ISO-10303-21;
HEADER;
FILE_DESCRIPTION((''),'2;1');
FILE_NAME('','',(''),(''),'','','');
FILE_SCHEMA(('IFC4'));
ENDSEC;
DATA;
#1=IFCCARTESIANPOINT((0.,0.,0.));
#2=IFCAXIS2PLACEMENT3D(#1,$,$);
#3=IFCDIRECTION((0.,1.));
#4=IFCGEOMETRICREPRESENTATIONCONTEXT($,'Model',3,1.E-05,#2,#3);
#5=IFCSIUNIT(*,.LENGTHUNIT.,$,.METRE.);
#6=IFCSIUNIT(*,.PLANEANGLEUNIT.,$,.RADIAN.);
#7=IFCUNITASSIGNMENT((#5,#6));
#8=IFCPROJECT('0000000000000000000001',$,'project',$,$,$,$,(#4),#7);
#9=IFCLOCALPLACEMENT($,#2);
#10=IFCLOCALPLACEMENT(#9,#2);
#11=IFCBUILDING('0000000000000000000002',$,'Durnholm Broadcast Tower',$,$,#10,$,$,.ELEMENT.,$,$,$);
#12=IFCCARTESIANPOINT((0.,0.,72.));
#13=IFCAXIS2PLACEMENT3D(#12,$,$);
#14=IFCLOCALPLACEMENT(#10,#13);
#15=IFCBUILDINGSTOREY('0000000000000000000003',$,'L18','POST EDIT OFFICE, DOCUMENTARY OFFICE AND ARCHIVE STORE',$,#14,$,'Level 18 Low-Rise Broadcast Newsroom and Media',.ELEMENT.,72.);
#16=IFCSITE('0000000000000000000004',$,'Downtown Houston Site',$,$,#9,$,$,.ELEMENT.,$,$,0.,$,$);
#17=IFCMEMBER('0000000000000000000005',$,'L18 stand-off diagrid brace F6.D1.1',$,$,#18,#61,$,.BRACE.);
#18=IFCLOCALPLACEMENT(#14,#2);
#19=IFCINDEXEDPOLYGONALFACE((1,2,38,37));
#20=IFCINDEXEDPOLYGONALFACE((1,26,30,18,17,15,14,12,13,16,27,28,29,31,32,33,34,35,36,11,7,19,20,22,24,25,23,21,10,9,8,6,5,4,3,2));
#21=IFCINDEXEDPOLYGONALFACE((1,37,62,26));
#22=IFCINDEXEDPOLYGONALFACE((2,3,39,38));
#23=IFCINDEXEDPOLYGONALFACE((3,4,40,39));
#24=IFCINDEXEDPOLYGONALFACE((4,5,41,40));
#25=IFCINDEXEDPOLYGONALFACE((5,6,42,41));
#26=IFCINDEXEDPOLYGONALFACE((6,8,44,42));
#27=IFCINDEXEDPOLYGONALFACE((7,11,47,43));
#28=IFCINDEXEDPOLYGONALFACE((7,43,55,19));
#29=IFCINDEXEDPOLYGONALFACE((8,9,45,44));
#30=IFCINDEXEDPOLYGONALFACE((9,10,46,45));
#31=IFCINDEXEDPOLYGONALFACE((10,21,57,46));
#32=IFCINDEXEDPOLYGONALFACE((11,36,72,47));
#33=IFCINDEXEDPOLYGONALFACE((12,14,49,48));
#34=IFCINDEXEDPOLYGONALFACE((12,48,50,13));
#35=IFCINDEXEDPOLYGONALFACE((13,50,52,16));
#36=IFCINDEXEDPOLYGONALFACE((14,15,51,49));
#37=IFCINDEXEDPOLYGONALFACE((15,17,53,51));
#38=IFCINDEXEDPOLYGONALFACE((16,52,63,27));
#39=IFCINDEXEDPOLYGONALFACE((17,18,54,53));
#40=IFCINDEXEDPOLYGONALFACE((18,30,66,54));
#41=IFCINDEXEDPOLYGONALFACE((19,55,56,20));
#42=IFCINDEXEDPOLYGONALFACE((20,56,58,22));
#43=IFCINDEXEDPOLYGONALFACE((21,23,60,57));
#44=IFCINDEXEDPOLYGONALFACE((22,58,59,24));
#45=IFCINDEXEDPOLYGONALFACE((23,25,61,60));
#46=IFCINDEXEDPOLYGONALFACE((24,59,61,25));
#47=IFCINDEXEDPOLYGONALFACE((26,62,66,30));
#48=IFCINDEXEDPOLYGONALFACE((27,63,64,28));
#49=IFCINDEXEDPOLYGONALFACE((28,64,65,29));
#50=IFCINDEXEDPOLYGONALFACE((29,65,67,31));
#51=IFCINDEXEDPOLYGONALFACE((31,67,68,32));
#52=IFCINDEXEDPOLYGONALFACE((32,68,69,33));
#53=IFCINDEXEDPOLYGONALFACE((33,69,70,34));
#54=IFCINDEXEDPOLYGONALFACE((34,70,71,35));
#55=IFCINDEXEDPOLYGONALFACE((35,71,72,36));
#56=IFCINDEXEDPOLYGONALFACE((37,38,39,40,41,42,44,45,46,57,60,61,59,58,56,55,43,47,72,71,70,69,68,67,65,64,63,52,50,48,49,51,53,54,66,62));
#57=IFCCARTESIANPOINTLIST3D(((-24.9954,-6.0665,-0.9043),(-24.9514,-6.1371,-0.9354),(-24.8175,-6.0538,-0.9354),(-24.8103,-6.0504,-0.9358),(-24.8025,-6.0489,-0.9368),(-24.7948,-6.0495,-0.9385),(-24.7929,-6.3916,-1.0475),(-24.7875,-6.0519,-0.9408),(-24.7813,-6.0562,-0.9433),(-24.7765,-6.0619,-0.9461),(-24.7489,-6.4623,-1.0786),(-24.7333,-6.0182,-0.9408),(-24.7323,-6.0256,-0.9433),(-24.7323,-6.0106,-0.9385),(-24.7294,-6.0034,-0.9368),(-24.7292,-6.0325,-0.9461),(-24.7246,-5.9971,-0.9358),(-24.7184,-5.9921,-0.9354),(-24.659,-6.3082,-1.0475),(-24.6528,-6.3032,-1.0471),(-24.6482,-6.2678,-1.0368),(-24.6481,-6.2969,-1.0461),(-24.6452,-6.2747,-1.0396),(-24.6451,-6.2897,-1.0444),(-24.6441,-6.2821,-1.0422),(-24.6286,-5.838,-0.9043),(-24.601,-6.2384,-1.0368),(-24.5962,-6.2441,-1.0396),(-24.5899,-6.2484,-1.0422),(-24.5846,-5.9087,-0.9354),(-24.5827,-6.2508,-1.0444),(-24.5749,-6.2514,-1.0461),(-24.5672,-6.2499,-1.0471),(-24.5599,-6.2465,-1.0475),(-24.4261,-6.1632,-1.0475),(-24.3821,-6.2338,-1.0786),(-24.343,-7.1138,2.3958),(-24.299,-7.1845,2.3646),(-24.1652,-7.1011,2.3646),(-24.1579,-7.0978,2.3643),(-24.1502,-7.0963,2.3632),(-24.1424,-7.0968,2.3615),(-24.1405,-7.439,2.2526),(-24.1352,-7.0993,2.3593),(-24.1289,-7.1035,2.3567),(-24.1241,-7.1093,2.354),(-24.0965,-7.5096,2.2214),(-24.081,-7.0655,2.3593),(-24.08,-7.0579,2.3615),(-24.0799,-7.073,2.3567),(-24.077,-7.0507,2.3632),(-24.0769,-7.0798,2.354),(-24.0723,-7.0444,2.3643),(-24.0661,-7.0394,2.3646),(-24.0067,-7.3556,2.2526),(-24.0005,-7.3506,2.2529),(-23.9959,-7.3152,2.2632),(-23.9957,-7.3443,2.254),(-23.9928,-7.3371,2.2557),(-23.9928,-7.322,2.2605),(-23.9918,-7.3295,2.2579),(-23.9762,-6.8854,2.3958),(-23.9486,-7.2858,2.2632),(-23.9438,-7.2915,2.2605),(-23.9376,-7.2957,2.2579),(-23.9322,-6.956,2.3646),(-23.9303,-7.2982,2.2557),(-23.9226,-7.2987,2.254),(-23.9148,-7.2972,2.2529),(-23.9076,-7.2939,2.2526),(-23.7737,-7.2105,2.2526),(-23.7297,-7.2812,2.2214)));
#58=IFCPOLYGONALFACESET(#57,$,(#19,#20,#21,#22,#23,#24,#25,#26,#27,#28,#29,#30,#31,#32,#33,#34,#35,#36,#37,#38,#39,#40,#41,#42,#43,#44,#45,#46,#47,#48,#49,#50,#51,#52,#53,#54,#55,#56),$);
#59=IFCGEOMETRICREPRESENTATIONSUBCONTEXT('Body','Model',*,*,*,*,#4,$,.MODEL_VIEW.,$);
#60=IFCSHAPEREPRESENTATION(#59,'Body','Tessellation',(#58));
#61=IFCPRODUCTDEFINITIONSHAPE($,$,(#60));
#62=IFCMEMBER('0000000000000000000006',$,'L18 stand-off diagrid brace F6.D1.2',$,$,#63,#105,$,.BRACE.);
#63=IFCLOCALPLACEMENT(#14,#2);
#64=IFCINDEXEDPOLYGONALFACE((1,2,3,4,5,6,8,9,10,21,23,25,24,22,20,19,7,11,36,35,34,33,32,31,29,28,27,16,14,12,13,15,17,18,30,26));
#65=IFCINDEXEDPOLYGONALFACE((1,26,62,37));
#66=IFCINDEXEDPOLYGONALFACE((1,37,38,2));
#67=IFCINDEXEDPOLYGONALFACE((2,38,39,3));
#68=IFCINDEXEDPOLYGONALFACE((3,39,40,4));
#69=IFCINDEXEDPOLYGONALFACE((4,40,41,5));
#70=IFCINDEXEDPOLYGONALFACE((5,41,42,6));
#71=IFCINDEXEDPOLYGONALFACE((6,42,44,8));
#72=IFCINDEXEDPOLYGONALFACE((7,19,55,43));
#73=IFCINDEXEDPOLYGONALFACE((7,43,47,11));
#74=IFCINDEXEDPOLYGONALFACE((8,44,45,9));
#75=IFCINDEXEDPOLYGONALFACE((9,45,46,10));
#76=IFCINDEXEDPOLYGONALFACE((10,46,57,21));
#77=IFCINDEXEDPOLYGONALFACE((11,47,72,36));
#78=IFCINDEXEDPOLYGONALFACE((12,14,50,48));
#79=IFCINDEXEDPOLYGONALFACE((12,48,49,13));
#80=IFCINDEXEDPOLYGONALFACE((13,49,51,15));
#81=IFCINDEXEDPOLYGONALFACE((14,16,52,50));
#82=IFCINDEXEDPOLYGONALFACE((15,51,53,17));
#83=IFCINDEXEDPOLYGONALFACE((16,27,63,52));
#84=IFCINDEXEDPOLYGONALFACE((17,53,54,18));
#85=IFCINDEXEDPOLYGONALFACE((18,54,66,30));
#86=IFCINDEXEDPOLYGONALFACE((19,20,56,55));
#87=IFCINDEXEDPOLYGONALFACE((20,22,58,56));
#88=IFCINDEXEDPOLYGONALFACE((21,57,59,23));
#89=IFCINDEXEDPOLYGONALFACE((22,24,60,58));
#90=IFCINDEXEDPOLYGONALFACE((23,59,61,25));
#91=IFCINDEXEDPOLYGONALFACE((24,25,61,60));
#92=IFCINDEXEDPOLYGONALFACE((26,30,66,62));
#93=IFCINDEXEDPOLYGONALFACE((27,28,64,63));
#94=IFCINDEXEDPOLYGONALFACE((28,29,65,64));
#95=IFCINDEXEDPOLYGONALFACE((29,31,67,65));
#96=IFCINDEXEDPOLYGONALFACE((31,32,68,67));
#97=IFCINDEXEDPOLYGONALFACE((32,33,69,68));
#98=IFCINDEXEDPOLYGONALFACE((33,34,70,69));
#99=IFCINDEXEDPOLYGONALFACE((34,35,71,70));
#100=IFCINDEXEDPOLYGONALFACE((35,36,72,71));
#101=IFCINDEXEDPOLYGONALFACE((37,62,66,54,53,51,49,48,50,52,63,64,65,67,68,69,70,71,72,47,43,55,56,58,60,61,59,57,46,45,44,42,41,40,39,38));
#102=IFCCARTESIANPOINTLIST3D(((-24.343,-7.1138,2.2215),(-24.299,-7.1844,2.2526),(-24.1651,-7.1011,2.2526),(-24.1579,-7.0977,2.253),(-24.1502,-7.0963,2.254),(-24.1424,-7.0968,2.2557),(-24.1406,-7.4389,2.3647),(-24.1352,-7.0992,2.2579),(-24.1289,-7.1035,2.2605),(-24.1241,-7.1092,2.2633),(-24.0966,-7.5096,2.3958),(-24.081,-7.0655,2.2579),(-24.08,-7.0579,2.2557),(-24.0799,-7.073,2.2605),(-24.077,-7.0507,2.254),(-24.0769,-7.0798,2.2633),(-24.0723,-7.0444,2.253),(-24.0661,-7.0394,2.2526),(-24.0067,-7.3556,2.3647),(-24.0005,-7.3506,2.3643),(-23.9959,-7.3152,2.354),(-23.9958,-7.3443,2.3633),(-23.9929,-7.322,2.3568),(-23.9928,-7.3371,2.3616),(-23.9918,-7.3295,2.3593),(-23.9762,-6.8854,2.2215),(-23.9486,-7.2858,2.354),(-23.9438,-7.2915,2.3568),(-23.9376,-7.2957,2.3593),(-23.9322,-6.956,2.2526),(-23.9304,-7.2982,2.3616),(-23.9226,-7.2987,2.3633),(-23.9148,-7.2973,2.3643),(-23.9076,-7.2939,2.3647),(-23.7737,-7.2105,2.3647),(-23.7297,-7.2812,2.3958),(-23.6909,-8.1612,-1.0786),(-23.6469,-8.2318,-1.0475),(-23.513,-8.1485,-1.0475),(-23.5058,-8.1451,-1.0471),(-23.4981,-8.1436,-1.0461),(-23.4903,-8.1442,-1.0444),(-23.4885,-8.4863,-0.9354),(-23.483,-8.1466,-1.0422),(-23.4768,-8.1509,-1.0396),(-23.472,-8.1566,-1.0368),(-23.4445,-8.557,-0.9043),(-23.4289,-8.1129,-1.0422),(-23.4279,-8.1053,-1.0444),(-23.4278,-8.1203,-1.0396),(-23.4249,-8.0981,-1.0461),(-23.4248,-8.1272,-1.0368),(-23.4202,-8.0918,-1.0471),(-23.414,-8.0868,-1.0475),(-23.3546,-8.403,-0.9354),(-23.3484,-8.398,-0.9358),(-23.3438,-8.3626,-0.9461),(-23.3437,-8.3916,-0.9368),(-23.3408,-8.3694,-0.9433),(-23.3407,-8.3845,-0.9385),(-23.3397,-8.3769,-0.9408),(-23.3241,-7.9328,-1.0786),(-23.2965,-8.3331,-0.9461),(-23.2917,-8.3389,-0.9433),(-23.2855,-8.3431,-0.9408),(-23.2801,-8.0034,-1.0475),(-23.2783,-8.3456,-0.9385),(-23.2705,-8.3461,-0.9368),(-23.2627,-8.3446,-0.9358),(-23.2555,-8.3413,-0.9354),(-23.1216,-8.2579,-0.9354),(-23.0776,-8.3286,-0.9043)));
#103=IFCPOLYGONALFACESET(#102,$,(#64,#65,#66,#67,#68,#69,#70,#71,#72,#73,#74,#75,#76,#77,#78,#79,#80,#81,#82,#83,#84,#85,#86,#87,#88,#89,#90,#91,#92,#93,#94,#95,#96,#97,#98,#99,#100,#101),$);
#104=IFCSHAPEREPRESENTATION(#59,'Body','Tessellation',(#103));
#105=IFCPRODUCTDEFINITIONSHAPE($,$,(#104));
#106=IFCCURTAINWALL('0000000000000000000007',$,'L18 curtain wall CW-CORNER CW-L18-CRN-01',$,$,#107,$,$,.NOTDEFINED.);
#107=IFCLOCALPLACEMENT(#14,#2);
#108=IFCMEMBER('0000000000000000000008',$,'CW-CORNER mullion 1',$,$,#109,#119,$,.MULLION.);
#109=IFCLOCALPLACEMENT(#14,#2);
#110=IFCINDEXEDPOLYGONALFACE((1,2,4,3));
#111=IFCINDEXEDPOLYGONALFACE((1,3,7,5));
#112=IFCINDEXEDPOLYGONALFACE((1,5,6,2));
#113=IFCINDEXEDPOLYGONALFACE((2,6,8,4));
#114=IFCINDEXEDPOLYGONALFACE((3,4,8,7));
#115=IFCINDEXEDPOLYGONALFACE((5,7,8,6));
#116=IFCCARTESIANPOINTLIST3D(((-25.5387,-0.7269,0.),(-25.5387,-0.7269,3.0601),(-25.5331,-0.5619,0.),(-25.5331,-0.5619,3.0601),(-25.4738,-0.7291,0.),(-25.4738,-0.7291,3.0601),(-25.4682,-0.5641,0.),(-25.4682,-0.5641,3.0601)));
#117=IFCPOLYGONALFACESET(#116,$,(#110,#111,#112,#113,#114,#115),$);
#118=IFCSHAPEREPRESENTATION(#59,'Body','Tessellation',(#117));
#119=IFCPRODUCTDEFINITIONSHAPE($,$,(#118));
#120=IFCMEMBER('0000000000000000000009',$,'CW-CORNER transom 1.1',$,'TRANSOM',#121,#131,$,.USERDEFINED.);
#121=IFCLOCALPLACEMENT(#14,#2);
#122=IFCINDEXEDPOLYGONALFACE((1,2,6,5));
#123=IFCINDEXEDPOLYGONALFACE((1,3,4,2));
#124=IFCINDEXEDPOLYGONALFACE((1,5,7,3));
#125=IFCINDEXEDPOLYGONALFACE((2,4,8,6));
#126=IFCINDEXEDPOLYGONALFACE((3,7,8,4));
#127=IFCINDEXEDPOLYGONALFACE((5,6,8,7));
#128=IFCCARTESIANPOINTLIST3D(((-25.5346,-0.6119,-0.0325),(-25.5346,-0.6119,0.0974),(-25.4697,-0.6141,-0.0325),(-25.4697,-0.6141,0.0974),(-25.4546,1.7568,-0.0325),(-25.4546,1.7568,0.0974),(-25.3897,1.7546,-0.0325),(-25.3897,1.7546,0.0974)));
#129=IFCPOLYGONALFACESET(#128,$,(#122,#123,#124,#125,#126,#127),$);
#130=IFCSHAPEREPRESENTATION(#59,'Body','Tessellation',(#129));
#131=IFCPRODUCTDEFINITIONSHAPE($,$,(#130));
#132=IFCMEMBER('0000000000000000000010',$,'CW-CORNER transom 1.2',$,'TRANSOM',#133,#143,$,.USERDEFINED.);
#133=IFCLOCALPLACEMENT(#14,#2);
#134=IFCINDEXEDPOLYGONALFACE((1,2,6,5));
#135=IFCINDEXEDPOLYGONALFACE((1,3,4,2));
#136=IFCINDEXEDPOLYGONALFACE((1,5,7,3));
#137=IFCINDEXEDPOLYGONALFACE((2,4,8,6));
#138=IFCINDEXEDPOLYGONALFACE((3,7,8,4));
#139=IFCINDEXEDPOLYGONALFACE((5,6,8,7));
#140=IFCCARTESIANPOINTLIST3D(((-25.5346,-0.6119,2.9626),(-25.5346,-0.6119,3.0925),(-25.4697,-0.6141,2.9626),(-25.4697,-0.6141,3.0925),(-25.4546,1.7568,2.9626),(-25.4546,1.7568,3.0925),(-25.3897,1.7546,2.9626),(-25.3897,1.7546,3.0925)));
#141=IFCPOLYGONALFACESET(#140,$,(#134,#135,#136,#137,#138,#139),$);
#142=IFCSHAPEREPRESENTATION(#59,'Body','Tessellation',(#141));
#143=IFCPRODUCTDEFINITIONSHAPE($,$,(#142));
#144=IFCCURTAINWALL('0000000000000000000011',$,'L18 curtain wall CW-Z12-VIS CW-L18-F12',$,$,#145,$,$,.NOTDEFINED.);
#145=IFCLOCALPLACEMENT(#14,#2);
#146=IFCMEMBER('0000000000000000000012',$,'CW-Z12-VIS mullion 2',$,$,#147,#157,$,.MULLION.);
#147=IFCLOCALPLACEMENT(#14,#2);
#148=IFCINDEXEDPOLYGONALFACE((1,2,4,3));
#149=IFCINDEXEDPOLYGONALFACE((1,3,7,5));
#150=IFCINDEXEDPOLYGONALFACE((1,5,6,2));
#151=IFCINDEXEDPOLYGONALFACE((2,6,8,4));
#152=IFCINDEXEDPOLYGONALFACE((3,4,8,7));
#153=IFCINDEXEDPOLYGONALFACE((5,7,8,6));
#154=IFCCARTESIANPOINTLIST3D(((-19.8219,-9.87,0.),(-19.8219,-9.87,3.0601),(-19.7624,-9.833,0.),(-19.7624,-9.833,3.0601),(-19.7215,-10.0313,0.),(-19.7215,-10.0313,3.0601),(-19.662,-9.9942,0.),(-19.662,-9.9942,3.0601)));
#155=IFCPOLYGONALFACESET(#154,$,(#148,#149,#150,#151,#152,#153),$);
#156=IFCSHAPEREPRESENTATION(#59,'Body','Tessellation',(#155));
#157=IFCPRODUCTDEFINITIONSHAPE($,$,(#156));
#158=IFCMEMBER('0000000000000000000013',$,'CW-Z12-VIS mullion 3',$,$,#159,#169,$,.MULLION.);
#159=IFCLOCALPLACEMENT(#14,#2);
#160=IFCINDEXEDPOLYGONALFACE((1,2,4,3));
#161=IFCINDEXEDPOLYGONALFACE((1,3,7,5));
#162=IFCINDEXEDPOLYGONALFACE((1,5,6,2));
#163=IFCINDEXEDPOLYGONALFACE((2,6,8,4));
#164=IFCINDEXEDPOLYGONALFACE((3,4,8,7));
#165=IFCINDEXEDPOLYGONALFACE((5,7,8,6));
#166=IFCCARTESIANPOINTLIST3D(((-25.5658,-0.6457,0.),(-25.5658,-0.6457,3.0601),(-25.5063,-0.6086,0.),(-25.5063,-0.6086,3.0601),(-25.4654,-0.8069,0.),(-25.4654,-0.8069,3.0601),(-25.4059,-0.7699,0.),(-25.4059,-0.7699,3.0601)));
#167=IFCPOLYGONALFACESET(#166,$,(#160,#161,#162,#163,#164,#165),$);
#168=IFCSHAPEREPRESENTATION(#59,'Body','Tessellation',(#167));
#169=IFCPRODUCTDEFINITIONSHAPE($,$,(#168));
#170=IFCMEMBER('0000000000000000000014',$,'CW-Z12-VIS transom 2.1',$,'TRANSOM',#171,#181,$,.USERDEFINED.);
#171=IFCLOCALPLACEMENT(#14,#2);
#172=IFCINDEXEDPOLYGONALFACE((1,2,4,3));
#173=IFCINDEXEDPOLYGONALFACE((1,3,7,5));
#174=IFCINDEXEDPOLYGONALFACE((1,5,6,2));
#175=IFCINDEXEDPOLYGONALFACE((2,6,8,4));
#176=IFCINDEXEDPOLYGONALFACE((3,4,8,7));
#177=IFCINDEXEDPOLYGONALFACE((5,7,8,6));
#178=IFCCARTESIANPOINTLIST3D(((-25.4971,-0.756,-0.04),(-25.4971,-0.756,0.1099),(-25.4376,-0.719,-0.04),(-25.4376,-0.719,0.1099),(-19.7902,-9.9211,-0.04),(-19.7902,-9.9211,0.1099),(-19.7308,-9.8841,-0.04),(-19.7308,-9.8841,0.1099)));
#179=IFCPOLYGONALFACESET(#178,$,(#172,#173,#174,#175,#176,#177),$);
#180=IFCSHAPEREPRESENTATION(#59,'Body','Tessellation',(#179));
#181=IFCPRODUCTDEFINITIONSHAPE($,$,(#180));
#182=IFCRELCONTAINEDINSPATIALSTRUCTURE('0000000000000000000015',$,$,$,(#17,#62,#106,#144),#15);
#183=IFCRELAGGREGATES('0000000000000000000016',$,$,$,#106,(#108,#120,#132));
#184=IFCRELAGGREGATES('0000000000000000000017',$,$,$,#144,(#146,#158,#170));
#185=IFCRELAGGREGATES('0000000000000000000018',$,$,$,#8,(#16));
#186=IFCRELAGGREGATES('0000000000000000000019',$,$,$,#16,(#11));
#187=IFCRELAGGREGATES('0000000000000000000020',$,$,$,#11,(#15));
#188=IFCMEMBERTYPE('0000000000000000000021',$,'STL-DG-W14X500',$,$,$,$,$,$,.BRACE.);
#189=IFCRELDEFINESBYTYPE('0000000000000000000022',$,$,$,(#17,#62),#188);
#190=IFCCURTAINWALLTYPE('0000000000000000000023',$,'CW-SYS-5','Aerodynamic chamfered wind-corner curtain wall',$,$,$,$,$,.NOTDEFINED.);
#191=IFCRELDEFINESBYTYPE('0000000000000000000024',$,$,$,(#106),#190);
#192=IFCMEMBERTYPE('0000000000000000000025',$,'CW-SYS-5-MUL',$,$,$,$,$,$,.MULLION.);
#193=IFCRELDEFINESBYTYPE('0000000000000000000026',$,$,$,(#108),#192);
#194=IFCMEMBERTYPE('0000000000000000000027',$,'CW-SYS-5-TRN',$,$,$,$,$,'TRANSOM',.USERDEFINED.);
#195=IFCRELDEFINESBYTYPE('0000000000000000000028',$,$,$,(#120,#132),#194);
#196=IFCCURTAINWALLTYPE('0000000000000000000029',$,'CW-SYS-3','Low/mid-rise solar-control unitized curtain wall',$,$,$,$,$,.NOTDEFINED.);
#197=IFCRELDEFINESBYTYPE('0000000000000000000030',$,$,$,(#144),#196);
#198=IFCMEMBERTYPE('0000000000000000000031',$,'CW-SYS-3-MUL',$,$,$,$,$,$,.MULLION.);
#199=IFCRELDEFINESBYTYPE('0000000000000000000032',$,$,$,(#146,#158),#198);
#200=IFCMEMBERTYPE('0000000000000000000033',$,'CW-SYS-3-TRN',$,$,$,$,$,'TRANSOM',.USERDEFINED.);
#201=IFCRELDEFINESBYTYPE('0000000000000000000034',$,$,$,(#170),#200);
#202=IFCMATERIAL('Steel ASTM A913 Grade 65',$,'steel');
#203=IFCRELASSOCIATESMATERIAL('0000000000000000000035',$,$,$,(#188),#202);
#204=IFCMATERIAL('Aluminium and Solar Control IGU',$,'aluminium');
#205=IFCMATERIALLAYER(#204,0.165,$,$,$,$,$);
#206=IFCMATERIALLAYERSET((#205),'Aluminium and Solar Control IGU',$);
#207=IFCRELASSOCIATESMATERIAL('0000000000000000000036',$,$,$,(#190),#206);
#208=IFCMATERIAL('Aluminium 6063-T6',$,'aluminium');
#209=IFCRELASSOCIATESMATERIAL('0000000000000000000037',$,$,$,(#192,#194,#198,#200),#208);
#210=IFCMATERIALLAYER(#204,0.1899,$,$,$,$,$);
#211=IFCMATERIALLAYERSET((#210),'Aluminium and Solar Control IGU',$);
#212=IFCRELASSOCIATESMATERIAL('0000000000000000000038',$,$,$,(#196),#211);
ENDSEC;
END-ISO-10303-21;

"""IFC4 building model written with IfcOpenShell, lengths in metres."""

from ifc_helpers import new_model, si_unit, direction, frame, origin, origin_2d, place, context, subcontext, project, spatial, rectangle, i_section, extrude, source, transform, mapped, material, layer, layer_set, material_profile, profile_set, type_object, type_shapes, element, aggregate, save


model = new_model("IFC4")

# Units and contexts
model_context = context("Model", 3, precision=1e-05, world=origin(), true_north=direction((0.0, 1.0)))
body_context = subcontext(model_context, "Body", "Model", "MODEL_VIEW")
ifc_project = project(units=[si_unit("LENGTHUNIT", "METRE"), si_unit("PLANEANGLEUNIT", "RADIAN")], contexts=[model_context])

# Site, building, storey
site_placement = place(None, origin())
site = spatial("IfcSite", under=ifc_project, at=site_placement, Name="Downtown Houston Site", CompositionType="ELEMENT", RefElevation=0.0)
building_placement = place(site_placement, origin())
building = spatial("IfcBuilding", under=site, at=building_placement, Name="Durnholm Broadcast Tower", CompositionType="ELEMENT")
storey_placement = place(building_placement, frame((0.0, 0.0, 72.0)))
storey = spatial("IfcBuildingStorey", under=building, at=storey_placement, Name="L18", Description="POST EDIT OFFICE, DOCUMENTARY OFFICE AND ARCHIVE STORE", LongName="Level 18 Low-Rise Broadcast Newsroom and Media", CompositionType="ELEMENT", Elevation=72.0)

# Members
ifc_material_1 = material(Name="Steel ASTM A913 Grade 65", Category="steel")
ifc_material_profile_1 = material_profile(ifc_material_1, i_section(OverallWidth=0.4321, OverallDepth=0.4978, WebThickness=0.0557, FlangeThickness=0.0889, FilletRadius=0.0305, at=origin_2d()), Name="W14X500")
ifc_profile_set_1 = profile_set([ifc_material_profile_1], Name="Steel ASTM A913 Grade 65")
member_type_1 = type_object("IfcMemberType", Name="STL-DG-W14X500", PredefinedType="BRACE", material=ifc_profile_set_1)
shared_shape_1 = source(origin(), body_context, "Body", "SweptSolid", [
    extrude(i_section(OverallWidth=0.4321, OverallDepth=0.4978, WebThickness=0.0557, FlangeThickness=0.0889, FilletRadius=0.0305, at=origin_2d()), origin(), (0.0, 0.0, 1.0), 3.5232),
])
type_shapes(member_type_1, [shared_shape_1])
for number, where, z_axis, x_axis, name in (
    (1, (-24.6887, -6.1501, -0.9915), (0.185157, -0.297277, 0.936666), (0.84882, 0.528682, 0.0), "L18 stand-off diagrid brace F6.D1.1"),
    (2, (-23.3843, -8.2449, -0.9915), (-0.18509, 0.297281, 0.936678), (-0.848909, -0.52854, 0.0), "L18 stand-off diagrid brace F6.D1.2"),
):
    element("IfcMember", number, at=place(storey_placement, frame(where, z_axis=z_axis, x_axis=x_axis)), inside=storey, type_object=member_type_1, Name=name, PredefinedType="BRACE", context=body_context, shape_type="MappedRepresentation", body=[
        mapped(shared_shape_1, transform((0.0, 0.0, 0.0), x_axis=(1.0, 0.0, 0.0), y_axis=(0.0, 1.0, 0.0), z_axis=(0.0, 0.0, 1.0), scale=1.0)),
    ])

# Curtain walls, members
ifc_material_2 = material(Name="Aluminium and Solar Control IGU", Category="aluminium")
ifc_layer_1 = layer(ifc_material_2, 0.165)
ifc_layer_set_1 = layer_set([ifc_layer_1], Name="Aluminium and Solar Control IGU")
curtain_wall_type_1 = type_object("IfcCurtainWallType", Name="CW-SYS-5", Description="Aerodynamic chamfered wind-corner curtain wall", PredefinedType="NOTDEFINED", material=ifc_layer_set_1)
curtain_wall_1_placement = place(storey_placement, origin())
curtain_wall_1 = element("IfcCurtainWall", 3, at=curtain_wall_1_placement, inside=storey, type_object=curtain_wall_type_1, Name="L18 curtain wall CW-CORNER CW-L18-CRN-01", PredefinedType="NOTDEFINED")
ifc_material_3 = material(Name="Aluminium 6063-T6", Category="aluminium")
ifc_material_profile_2 = material_profile(ifc_material_3, rectangle(XDim=0.0649, YDim=0.165, at=origin_2d()), Name="CWM65X165")
ifc_profile_set_2 = profile_set([ifc_material_profile_2], Name="Aluminium 6063-T6")
member_type_2 = type_object("IfcMemberType", Name="CW-SYS-5-MUL", PredefinedType="MULLION", material=ifc_profile_set_2)
shared_shape_2 = source(origin(), body_context, "Body", "SweptSolid", [
    extrude(rectangle(XDim=0.0649, YDim=0.165, at=origin_2d()), origin(), (0.0, 0.0, 1.0), 3.0601),
])
type_shapes(member_type_2, [shared_shape_2])
member_1_placement = place(storey_placement, frame((-25.5034, -0.6455, 0.0), z_axis=(0.0, 0.0, 1.0), x_axis=(-0.999427, 0.03384, 0.0)))
member_1 = element("IfcMember", 4, at=member_1_placement, type_object=member_type_2, Name="CW-CORNER mullion 1", PredefinedType="MULLION", context=body_context, shape_type="MappedRepresentation", body=[
    mapped(shared_shape_2, transform((0.0, 0.0, 0.0), x_axis=(1.0, 0.0, 0.0), y_axis=(0.0, 1.0, 0.0), z_axis=(0.0, 0.0, 1.0), scale=1.0)),
])
ifc_material_profile_3 = material_profile(ifc_material_3, rectangle(XDim=0.0649, YDim=0.1299, at=origin_2d()), Name="CWT65X130")
ifc_profile_set_3 = profile_set([ifc_material_profile_3], Name="Aluminium 6063-T6")
member_type_3 = type_object("IfcMemberType", Name="CW-SYS-5-TRN", ElementType="TRANSOM", PredefinedType="USERDEFINED", material=ifc_profile_set_3)
shared_shape_3 = source(origin(), body_context, "Body", "SweptSolid", [
    extrude(rectangle(XDim=0.0649, YDim=0.1299, at=origin_2d()), origin(), (0.0, 0.0, 1.0), 2.3701),
])
type_shapes(member_type_3, [shared_shape_3])
member_2_placement = place(storey_placement, frame((-25.5022, -0.613, 0.0325), z_axis=(0.033788, 0.999429, 0.0), x_axis=(-0.999429, 0.033788, 0.0)))
member_2 = element("IfcMember", 5, at=member_2_placement, type_object=member_type_3, Name="CW-CORNER transom 1.1", ObjectType="TRANSOM", PredefinedType="USERDEFINED", context=body_context, shape_type="MappedRepresentation", body=[
    mapped(shared_shape_3, transform((0.0, 0.0, 0.0), x_axis=(1.0, 0.0, 0.0), y_axis=(0.0, 1.0, 0.0), z_axis=(0.0, 0.0, 1.0), scale=1.0)),
])
member_3_placement = place(storey_placement, frame((-25.5022, -0.613, 3.0276), z_axis=(0.033788, 0.999429, 0.0), x_axis=(-0.999429, 0.033788, 0.0)))
member_3 = element("IfcMember", 6, at=member_3_placement, type_object=member_type_3, Name="CW-CORNER transom 1.2", ObjectType="TRANSOM", PredefinedType="USERDEFINED", context=body_context, shape_type="MappedRepresentation", body=[
    mapped(shared_shape_3, transform((0.0, 0.0, 0.0), x_axis=(1.0, 0.0, 0.0), y_axis=(0.0, 1.0, 0.0), z_axis=(0.0, 0.0, 1.0), scale=1.0)),
])
aggregate(curtain_wall_1, [member_1, member_2, member_3])
ifc_layer_2 = layer(ifc_material_2, 0.1899)
ifc_layer_set_2 = layer_set([ifc_layer_2], Name="Aluminium and Solar Control IGU")
curtain_wall_type_2 = type_object("IfcCurtainWallType", Name="CW-SYS-3", Description="Low/mid-rise solar-control unitized curtain wall", PredefinedType="NOTDEFINED", material=ifc_layer_set_2)
curtain_wall_2_placement = place(storey_placement, origin())
curtain_wall_2 = element("IfcCurtainWall", 7, at=curtain_wall_2_placement, inside=storey, type_object=curtain_wall_type_2, Name="L18 curtain wall CW-Z12-VIS CW-L18-F12", PredefinedType="NOTDEFINED")
ifc_material_profile_4 = material_profile(ifc_material_3, rectangle(XDim=0.0701, YDim=0.1899, at=origin_2d()), Name="CWM70X190")
ifc_profile_set_4 = profile_set([ifc_material_profile_4], Name="Aluminium 6063-T6")
member_type_4 = type_object("IfcMemberType", Name="CW-SYS-3-MUL", PredefinedType="MULLION", material=ifc_profile_set_4)
shared_shape_4 = source(origin(), body_context, "Body", "SweptSolid", [
    extrude(rectangle(XDim=0.0701, YDim=0.1899, at=origin_2d()), origin(), (0.0, 0.0, 1.0), 3.0601),
])
type_shapes(member_type_4, [shared_shape_4])
member_4_placement = place(storey_placement, frame((-19.7419, -9.9321, 0.0), z_axis=(0.0, 0.0, 1.0), x_axis=(-0.848876, -0.528592, 0.0)))
member_4 = element("IfcMember", 8, at=member_4_placement, type_object=member_type_4, Name="CW-Z12-VIS mullion 2", PredefinedType="MULLION", context=body_context, shape_type="MappedRepresentation", body=[
    mapped(shared_shape_4, transform((0.0, 0.0, 0.0), x_axis=(1.0, 0.0, 0.0), y_axis=(0.0, 1.0, 0.0), z_axis=(0.0, 0.0, 1.0), scale=1.0)),
])
member_5_placement = place(storey_placement, frame((-25.4858, -0.7078, 0.0), z_axis=(0.0, 0.0, 1.0), x_axis=(-0.848876, -0.528592, 0.0)))
member_5 = element("IfcMember", 9, at=member_5_placement, type_object=member_type_4, Name="CW-Z12-VIS mullion 3", PredefinedType="MULLION", context=body_context, shape_type="MappedRepresentation", body=[
    mapped(shared_shape_4, transform((0.0, 0.0, 0.0), x_axis=(1.0, 0.0, 0.0), y_axis=(0.0, 1.0, 0.0), z_axis=(0.0, 0.0, 1.0), scale=1.0)),
])
ifc_material_profile_5 = material_profile(ifc_material_3, rectangle(XDim=0.0701, YDim=0.1499, at=origin_2d()), Name="CWT70X150")
ifc_profile_set_5 = profile_set([ifc_material_profile_5], Name="Aluminium 6063-T6")
member_type_5 = type_object("IfcMemberType", Name="CW-SYS-3-TRN", ElementType="TRANSOM", PredefinedType="USERDEFINED", material=ifc_profile_set_5)
shared_shape_5 = source(origin(), body_context, "Body", "SweptSolid", [
    extrude(rectangle(XDim=0.0701, YDim=0.1499, at=origin_2d()), origin(), (0.0, 0.0, 1.0), 10.7966),
])
type_shapes(member_type_5, [shared_shape_5])
member_6_placement = place(storey_placement, frame((-19.7605, -9.9026, 0.0349), z_axis=(-0.528575, 0.848886, 0.0), x_axis=(-0.848886, -0.528575, 0.0)))
member_6 = element("IfcMember", 10, at=member_6_placement, type_object=member_type_5, Name="CW-Z12-VIS transom 2.1", ObjectType="TRANSOM", PredefinedType="USERDEFINED", context=body_context, shape_type="MappedRepresentation", body=[
    mapped(shared_shape_5, transform((0.0, 0.0, 0.0), x_axis=(1.0, 0.0, 0.0), y_axis=(0.0, 1.0, 0.0), z_axis=(0.0, 0.0, 1.0), scale=1.0)),
])

aggregate(curtain_wall_2, [member_4, member_5, member_6])

save(model, "model.ifc")
